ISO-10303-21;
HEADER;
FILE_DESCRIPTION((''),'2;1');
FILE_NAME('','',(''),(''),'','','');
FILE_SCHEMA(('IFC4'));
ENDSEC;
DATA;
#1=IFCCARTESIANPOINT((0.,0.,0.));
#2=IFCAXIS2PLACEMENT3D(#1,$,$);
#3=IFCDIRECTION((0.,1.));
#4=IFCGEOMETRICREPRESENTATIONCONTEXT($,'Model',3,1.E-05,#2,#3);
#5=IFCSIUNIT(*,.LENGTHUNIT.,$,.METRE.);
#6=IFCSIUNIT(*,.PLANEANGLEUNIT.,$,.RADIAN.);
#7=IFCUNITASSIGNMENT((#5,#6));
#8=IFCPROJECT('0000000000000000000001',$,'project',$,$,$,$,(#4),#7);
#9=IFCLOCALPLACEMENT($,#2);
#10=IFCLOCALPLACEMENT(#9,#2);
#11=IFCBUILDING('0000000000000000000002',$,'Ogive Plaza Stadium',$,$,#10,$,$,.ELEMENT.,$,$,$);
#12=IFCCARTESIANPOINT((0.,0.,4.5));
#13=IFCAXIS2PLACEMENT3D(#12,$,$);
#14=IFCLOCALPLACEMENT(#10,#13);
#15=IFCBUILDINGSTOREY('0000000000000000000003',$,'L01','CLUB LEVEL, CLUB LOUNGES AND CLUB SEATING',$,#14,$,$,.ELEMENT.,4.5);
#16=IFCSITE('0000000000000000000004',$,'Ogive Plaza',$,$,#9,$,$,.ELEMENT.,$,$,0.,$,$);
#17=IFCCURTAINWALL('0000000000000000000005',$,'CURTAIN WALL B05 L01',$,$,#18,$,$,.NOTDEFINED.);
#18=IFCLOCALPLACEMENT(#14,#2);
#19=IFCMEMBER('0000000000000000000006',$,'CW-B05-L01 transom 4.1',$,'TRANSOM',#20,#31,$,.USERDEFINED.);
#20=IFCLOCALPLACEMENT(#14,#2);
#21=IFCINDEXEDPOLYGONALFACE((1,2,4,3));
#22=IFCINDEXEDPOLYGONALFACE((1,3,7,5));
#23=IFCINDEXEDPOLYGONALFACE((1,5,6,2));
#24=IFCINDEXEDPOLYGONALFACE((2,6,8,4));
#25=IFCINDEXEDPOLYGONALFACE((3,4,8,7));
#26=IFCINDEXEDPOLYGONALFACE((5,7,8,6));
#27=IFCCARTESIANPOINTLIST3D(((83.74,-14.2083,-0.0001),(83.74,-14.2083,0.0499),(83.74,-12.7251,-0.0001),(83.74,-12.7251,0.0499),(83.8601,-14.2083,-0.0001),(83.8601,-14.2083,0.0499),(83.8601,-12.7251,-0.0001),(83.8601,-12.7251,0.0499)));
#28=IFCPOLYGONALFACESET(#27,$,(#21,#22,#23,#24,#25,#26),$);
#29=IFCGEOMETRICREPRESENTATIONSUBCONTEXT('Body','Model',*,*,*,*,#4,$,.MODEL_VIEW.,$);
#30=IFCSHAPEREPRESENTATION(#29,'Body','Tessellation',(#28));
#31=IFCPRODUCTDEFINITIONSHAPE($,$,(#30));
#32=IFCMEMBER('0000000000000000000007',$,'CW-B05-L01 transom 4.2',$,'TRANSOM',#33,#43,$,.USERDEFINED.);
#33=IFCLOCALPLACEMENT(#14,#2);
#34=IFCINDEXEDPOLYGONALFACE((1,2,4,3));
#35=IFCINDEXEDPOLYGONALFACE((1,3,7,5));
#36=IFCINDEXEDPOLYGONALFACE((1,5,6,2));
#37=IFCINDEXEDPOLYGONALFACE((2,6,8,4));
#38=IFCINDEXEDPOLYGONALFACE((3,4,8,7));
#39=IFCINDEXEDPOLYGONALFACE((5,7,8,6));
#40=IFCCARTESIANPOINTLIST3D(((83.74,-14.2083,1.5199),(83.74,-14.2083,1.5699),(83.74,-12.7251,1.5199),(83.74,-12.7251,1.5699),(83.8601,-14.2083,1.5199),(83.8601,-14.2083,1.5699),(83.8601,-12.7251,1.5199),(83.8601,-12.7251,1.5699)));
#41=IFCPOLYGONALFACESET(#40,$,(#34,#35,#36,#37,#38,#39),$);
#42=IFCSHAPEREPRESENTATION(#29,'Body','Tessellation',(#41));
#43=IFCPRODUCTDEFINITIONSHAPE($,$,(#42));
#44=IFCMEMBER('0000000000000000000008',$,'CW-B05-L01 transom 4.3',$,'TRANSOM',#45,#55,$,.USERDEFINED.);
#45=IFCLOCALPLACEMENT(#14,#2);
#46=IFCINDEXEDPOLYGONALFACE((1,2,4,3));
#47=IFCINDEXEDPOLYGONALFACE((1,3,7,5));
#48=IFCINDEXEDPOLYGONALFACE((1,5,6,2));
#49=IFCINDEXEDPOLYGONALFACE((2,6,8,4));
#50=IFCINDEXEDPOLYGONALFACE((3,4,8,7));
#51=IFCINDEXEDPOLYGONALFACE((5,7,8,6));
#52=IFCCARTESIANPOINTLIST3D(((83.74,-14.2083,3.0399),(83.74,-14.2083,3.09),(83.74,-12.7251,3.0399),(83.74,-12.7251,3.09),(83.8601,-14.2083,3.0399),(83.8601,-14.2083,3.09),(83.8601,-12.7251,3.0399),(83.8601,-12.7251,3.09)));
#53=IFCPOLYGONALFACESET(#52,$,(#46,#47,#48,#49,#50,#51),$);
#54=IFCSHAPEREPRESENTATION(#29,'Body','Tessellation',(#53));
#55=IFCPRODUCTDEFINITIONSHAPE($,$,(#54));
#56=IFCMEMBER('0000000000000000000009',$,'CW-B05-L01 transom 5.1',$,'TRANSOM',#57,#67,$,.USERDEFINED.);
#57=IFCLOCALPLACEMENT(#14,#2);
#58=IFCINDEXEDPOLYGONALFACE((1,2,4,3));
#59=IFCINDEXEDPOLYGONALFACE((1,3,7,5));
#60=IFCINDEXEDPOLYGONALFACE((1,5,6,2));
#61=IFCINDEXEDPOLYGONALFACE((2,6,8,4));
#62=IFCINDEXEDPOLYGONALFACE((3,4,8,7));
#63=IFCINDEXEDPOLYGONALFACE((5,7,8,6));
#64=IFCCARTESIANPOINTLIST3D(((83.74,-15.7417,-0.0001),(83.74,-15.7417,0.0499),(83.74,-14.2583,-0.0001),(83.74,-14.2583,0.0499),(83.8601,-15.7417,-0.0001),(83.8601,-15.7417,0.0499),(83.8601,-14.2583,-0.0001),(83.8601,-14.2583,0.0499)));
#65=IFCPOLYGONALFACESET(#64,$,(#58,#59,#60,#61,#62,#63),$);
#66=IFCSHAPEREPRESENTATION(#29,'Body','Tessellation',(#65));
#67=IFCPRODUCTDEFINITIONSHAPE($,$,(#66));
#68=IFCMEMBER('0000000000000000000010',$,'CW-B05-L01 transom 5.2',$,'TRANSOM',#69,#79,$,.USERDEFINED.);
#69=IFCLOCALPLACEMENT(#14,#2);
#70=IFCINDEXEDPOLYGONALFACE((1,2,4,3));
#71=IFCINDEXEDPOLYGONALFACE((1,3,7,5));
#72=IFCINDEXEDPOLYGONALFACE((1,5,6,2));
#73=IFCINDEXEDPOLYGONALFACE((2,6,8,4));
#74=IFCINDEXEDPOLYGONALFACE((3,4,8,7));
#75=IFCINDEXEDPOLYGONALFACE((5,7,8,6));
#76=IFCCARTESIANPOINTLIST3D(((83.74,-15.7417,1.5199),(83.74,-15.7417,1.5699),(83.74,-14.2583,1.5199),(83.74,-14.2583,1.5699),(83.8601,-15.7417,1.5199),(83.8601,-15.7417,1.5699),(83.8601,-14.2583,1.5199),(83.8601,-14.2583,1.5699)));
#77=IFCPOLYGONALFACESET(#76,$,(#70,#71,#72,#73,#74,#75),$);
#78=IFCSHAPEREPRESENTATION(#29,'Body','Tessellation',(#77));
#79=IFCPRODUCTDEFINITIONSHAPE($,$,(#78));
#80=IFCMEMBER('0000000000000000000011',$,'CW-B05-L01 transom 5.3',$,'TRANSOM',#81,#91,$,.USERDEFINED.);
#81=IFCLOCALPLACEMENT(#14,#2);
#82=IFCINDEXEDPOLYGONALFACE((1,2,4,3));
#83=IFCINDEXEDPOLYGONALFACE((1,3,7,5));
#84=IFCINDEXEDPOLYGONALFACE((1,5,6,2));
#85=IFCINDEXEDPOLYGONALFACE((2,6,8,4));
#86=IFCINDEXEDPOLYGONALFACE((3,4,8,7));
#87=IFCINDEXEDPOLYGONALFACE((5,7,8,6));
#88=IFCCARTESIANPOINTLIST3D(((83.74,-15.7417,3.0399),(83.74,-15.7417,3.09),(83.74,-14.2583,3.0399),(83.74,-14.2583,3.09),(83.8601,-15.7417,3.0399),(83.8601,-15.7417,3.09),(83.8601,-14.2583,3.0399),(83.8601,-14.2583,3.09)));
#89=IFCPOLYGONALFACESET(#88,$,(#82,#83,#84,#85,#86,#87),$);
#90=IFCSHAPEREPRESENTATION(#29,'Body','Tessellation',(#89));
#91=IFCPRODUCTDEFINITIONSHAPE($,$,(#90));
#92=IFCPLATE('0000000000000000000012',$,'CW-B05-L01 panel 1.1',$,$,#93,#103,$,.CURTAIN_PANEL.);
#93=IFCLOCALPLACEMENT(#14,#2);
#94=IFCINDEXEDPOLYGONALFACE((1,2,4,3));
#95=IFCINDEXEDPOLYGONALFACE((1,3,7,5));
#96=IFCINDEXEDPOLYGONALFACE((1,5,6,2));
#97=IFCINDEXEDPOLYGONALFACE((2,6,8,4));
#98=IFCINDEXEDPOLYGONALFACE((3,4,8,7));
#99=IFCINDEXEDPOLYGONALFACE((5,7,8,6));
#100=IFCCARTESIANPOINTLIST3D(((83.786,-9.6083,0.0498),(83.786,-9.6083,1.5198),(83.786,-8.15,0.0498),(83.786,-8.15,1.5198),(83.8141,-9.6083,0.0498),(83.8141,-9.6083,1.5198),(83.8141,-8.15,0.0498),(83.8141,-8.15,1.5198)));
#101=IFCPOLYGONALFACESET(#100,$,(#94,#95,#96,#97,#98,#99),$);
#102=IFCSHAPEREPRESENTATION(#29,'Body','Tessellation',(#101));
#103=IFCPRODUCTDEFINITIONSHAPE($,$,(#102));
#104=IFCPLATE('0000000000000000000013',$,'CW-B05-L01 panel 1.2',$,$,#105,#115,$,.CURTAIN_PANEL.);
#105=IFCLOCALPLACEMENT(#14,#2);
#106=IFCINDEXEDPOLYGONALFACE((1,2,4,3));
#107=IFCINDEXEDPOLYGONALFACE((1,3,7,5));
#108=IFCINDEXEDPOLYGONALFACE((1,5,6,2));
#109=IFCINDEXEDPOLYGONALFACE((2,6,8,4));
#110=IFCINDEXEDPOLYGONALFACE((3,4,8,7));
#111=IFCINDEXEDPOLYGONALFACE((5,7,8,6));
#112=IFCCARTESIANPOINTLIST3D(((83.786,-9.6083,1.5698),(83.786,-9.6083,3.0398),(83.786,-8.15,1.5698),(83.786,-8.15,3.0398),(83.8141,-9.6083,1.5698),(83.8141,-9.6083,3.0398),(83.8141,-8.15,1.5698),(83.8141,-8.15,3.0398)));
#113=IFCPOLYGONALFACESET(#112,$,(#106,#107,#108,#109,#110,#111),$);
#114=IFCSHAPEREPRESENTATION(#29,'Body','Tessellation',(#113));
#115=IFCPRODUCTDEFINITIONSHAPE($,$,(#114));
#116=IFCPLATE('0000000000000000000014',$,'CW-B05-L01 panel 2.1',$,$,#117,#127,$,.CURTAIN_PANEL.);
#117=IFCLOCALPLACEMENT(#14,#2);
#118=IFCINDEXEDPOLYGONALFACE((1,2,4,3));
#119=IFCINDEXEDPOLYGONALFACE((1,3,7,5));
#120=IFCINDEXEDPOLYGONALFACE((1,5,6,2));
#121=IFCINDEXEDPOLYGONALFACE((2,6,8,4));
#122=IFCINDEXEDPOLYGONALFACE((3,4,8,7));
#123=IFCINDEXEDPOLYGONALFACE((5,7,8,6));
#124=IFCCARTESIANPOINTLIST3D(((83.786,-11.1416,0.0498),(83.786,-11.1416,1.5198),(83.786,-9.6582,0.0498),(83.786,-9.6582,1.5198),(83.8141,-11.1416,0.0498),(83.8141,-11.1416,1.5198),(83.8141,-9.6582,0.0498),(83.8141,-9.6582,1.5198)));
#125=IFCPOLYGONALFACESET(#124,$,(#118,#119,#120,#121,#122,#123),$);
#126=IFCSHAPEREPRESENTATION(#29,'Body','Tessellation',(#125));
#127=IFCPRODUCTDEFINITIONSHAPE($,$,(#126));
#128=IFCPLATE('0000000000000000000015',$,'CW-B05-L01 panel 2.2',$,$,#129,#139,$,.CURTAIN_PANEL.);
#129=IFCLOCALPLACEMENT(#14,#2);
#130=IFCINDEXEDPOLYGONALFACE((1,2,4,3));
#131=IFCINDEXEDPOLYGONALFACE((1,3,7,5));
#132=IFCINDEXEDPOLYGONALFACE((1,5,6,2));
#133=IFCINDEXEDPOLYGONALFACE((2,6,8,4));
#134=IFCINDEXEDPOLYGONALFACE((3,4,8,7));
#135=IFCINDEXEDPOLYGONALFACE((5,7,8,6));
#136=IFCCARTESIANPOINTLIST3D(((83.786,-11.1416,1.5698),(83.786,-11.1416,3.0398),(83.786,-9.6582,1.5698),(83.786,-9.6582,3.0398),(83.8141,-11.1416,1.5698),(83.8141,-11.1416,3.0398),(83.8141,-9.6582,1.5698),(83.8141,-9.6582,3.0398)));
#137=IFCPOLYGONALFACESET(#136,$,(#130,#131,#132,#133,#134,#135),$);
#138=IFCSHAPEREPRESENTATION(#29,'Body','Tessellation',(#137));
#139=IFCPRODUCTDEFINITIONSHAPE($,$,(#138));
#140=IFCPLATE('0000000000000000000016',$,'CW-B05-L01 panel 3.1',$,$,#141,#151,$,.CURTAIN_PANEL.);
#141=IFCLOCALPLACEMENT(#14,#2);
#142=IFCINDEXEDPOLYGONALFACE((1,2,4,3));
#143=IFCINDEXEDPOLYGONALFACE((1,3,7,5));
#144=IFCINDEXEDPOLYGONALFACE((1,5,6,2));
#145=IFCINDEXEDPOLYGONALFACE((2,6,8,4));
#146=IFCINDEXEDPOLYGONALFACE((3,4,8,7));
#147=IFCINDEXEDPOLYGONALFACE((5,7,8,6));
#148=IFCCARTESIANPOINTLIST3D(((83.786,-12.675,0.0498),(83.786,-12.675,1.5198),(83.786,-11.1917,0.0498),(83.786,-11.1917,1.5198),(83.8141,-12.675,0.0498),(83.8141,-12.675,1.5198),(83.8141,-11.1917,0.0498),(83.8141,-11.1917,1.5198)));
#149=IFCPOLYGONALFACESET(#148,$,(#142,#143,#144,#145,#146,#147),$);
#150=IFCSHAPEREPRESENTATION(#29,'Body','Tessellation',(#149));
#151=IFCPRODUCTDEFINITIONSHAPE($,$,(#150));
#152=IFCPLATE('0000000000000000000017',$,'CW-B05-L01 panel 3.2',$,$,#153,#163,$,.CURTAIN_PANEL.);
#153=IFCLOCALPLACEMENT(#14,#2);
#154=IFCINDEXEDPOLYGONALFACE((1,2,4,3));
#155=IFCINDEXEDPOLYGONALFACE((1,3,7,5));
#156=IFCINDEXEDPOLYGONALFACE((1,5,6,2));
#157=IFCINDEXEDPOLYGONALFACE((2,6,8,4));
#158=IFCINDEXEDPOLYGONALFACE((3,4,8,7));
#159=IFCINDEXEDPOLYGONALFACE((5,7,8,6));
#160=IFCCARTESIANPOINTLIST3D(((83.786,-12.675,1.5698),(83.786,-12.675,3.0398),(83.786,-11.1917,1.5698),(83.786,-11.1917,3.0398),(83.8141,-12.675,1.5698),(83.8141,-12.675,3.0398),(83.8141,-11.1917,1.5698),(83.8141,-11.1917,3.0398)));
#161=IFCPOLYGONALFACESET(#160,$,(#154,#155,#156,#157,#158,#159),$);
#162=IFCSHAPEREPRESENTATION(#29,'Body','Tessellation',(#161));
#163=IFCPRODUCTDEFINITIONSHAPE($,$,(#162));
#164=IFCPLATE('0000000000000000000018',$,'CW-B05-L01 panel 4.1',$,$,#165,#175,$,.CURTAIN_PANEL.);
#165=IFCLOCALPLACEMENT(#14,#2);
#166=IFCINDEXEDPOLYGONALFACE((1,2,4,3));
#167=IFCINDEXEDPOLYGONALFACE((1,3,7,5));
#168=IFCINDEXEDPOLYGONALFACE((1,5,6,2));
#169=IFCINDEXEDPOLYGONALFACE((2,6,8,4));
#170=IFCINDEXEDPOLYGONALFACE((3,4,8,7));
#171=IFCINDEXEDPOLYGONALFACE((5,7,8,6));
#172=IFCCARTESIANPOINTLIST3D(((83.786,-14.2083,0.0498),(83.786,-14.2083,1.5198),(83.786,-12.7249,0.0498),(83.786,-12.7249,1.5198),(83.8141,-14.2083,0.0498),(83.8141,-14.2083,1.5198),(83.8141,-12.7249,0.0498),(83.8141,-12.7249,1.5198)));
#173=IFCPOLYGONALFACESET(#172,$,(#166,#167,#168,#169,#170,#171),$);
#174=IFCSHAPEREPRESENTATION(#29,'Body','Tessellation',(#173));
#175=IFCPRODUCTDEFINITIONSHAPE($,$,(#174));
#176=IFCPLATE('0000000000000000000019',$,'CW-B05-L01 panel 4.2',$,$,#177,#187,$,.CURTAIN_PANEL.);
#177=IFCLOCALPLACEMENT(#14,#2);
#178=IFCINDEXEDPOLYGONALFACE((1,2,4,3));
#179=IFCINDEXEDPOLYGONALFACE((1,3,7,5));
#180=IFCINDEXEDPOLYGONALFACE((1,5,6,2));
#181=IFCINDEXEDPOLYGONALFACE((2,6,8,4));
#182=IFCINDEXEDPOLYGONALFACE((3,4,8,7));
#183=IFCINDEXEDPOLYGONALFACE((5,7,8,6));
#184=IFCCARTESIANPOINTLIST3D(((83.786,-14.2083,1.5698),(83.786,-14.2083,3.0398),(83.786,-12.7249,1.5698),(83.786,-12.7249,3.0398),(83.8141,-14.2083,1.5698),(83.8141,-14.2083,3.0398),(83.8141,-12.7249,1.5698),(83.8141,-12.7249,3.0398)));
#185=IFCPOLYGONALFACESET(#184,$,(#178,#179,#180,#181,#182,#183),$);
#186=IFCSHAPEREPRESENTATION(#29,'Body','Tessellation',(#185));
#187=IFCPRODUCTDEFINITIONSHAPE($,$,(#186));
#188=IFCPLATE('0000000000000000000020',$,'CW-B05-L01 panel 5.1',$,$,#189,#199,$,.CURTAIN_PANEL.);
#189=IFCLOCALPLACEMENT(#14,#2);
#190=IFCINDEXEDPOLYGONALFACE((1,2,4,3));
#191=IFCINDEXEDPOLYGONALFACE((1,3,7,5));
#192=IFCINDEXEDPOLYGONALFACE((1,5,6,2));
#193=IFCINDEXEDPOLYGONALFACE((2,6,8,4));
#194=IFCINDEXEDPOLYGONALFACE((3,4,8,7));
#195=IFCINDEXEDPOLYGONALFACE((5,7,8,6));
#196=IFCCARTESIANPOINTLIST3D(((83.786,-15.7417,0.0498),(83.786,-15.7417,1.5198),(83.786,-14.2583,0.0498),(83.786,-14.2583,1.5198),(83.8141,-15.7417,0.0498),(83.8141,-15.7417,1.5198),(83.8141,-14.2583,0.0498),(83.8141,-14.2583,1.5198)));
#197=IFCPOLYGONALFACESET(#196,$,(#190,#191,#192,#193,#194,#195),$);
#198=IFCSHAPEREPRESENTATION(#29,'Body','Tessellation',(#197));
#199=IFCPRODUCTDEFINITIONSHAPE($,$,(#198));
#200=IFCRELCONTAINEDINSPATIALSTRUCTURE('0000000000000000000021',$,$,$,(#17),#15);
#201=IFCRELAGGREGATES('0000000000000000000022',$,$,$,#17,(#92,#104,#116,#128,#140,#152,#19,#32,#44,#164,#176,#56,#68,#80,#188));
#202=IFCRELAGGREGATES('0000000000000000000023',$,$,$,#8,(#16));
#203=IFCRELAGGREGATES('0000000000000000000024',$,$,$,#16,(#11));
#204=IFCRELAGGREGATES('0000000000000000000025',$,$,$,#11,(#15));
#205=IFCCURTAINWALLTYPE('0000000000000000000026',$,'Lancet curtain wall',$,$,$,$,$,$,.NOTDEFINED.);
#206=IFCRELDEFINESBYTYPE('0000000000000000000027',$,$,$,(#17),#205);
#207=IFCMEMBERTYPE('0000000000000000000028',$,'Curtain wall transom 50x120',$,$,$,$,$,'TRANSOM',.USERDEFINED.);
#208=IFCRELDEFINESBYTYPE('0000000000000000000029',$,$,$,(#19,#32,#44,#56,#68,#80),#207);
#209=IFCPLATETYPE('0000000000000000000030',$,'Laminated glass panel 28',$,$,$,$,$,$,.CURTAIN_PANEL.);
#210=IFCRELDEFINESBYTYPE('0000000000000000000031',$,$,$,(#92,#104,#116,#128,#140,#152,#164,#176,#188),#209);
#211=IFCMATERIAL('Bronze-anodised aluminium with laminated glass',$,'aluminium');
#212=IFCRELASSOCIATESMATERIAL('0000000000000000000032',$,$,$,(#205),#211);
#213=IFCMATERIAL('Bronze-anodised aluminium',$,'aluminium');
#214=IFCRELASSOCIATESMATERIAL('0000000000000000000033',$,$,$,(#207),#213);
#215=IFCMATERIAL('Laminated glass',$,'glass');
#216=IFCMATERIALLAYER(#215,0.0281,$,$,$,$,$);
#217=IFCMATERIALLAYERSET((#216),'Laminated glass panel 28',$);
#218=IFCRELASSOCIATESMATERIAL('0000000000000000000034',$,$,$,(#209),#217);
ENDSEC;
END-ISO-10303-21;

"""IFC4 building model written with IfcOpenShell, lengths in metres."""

from ifc_helpers import new_model, si_unit, direction, frame, origin, origin_2d, place, context, subcontext, project, spatial, rectangle, extrude, material, layer, layer_set, material_profile, profile_set, type_object, element, aggregate, save


model = new_model("IFC4")

# Units and contexts
model_context = context("Model", 3, precision=1e-05, world=origin(), true_north=direction((0.0, 1.0)))
body_context = subcontext(model_context, "Body", "Model", "MODEL_VIEW")
ifc_project = project(units=[si_unit("LENGTHUNIT", "METRE"), si_unit("PLANEANGLEUNIT", "RADIAN")], contexts=[model_context])

# Site, building, storey
site_placement = place(None, origin())
site = spatial("IfcSite", under=ifc_project, at=site_placement, Name="Ogive Plaza", CompositionType="ELEMENT", RefElevation=0.0)
building_placement = place(site_placement, origin())
building = spatial("IfcBuilding", under=site, at=building_placement, Name="Ogive Plaza Stadium", CompositionType="ELEMENT")
storey_placement = place(building_placement, frame((0.0, 0.0, 4.5)))
storey = spatial("IfcBuildingStorey", under=building, at=storey_placement, Name="L01", Description="CLUB LEVEL, CLUB LOUNGES AND CLUB SEATING", CompositionType="ELEMENT", Elevation=4.5)

# Curtain wall, members, plates
ifc_material_1 = material(Name="Bronze-anodised aluminium with laminated glass", Category="aluminium")
curtain_wall_type = type_object("IfcCurtainWallType", Name="Lancet curtain wall", PredefinedType="NOTDEFINED", material=ifc_material_1)
curtain_wall_placement = place(storey_placement, origin())
curtain_wall = element("IfcCurtainWall", 1, at=curtain_wall_placement, inside=storey, type_object=curtain_wall_type, Name="CURTAIN WALL B05 L01", PredefinedType="NOTDEFINED")
ifc_material_2 = material(Name="Bronze-anodised aluminium", Category="aluminium")
ifc_material_profile_1 = material_profile(ifc_material_2, rectangle(XDim=0.1201, YDim=0.05, at=origin_2d()), Name="AL 120x50")
ifc_profile_set_1 = profile_set([ifc_material_profile_1], Name="Bronze-anodised aluminium")
member_type_1 = type_object("IfcMemberType", Name="Curtain wall transom 50x120", ElementType="TRANSOM", PredefinedType="USERDEFINED", material=ifc_profile_set_1)
member_1_placement = place(storey_placement, frame((83.8, -12.7251, 0.0249), z_axis=(0.0, -1.0, 0.0), x_axis=(1.0, 0.0, 0.0)))
member_1 = element("IfcMember", 2, at=member_1_placement, type_object=member_type_1, Name="CW-B05-L01 transom 4.1", ObjectType="TRANSOM", PredefinedType="USERDEFINED", context=body_context, shape_type="SweptSolid", body=[
    extrude(rectangle(XDim=0.1201, YDim=0.05, at=origin_2d()), origin(), (0.0, 0.0, 1.0), 1.4832),
])
member_2_placement = place(storey_placement, frame((83.8, -12.7251, 1.5449), z_axis=(0.0, -1.0, 0.0), x_axis=(1.0, 0.0, 0.0)))
member_2 = element("IfcMember", 3, at=member_2_placement, type_object=member_type_1, Name="CW-B05-L01 transom 4.2", ObjectType="TRANSOM", PredefinedType="USERDEFINED", context=body_context, shape_type="SweptSolid", body=[
    extrude(rectangle(XDim=0.1201, YDim=0.05, at=origin_2d()), origin(), (0.0, 0.0, 1.0), 1.4832),
])
member_3_placement = place(storey_placement, frame((83.8, -12.7251, 3.0649), z_axis=(0.0, -1.0, 0.0), x_axis=(1.0, 0.0, 0.0)))
member_3 = element("IfcMember", 4, at=member_3_placement, type_object=member_type_1, Name="CW-B05-L01 transom 4.3", ObjectType="TRANSOM", PredefinedType="USERDEFINED", context=body_context, shape_type="SweptSolid", body=[
    extrude(rectangle(XDim=0.1201, YDim=0.05, at=origin_2d()), origin(), (0.0, 0.0, 1.0), 1.4832),
])
member_4_placement = place(storey_placement, frame((83.8, -14.2583, 0.0249), z_axis=(0.0, -1.0, 0.0), x_axis=(1.0, 0.0, 0.0)))
member_4 = element("IfcMember", 5, at=member_4_placement, type_object=member_type_1, Name="CW-B05-L01 transom 5.1", ObjectType="TRANSOM", PredefinedType="USERDEFINED", context=body_context, shape_type="SweptSolid", body=[
    extrude(rectangle(XDim=0.1201, YDim=0.05, at=origin_2d()), origin(), (0.0, 0.0, 1.0), 1.4834),
])
member_5_placement = place(storey_placement, frame((83.8, -14.2583, 1.5449), z_axis=(0.0, -1.0, 0.0), x_axis=(1.0, 0.0, 0.0)))
member_5 = element("IfcMember", 6, at=member_5_placement, type_object=member_type_1, Name="CW-B05-L01 transom 5.2", ObjectType="TRANSOM", PredefinedType="USERDEFINED", context=body_context, shape_type="SweptSolid", body=[
    extrude(rectangle(XDim=0.1201, YDim=0.05, at=origin_2d()), origin(), (0.0, 0.0, 1.0), 1.4834),
])
member_6_placement = place(storey_placement, frame((83.8, -14.2583, 3.0649), z_axis=(0.0, -1.0, 0.0), x_axis=(1.0, 0.0, 0.0)))
member_6 = element("IfcMember", 7, at=member_6_placement, type_object=member_type_1, Name="CW-B05-L01 transom 5.3", ObjectType="TRANSOM", PredefinedType="USERDEFINED", context=body_context, shape_type="SweptSolid", body=[
    extrude(rectangle(XDim=0.1201, YDim=0.05, at=origin_2d()), origin(), (0.0, 0.0, 1.0), 1.4834),
])
ifc_material_3 = material(Name="Laminated glass", Category="glass")
ifc_layer = layer(ifc_material_3, 0.0281)
ifc_layer_set = layer_set([ifc_layer], Name="Laminated glass panel 28")
plate_type = type_object("IfcPlateType", Name="Laminated glass panel 28", PredefinedType="CURTAIN_PANEL", material=ifc_layer_set)
plate_1_placement = place(storey_placement, frame((83.8, -8.8792, 0.0498), z_axis=(0.0, 0.0, 1.0), x_axis=(0.0, -1.0, 0.0)))
plate_1 = element("IfcPlate", 8, at=plate_1_placement, type_object=plate_type, Name="CW-B05-L01 panel 1.1", PredefinedType="CURTAIN_PANEL", context=body_context, shape_type="SweptSolid", body=[
    extrude(rectangle(XDim=1.4583, YDim=0.0281, at=origin_2d()), origin(), (0.0, 0.0, 1.0), 1.47),
])
plate_2_placement = place(storey_placement, frame((83.8, -8.8792, 1.5698), z_axis=(0.0, 0.0, 1.0), x_axis=(0.0, -1.0, 0.0)))
plate_2 = element("IfcPlate", 9, at=plate_2_placement, type_object=plate_type, Name="CW-B05-L01 panel 1.2", PredefinedType="CURTAIN_PANEL", context=body_context, shape_type="SweptSolid", body=[
    extrude(rectangle(XDim=1.4583, YDim=0.0281, at=origin_2d()), origin(), (0.0, 0.0, 1.0), 1.47),
])
plate_3_placement = place(storey_placement, frame((83.8, -10.3999, 0.0498), z_axis=(0.0, 0.0, 1.0), x_axis=(0.0, -1.0, 0.0)))
plate_3 = element("IfcPlate", 10, at=plate_3_placement, type_object=plate_type, Name="CW-B05-L01 panel 2.1", PredefinedType="CURTAIN_PANEL", context=body_context, shape_type="SweptSolid", body=[
    extrude(rectangle(XDim=1.4834, YDim=0.0281, at=origin_2d()), origin(), (0.0, 0.0, 1.0), 1.47),
])
plate_4_placement = place(storey_placement, frame((83.8, -10.3999, 1.5698), z_axis=(0.0, 0.0, 1.0), x_axis=(0.0, -1.0, 0.0)))
plate_4 = element("IfcPlate", 11, at=plate_4_placement, type_object=plate_type, Name="CW-B05-L01 panel 2.2", PredefinedType="CURTAIN_PANEL", context=body_context, shape_type="SweptSolid", body=[
    extrude(rectangle(XDim=1.4834, YDim=0.0281, at=origin_2d()), origin(), (0.0, 0.0, 1.0), 1.47),
])
plate_5_placement = place(storey_placement, frame((83.8, -11.9333, 0.0498), z_axis=(0.0, 0.0, 1.0), x_axis=(0.0, -1.0, 0.0)))
plate_5 = element("IfcPlate", 12, at=plate_5_placement, type_object=plate_type, Name="CW-B05-L01 panel 3.1", PredefinedType="CURTAIN_PANEL", context=body_context, shape_type="SweptSolid", body=[
    extrude(rectangle(XDim=1.4834, YDim=0.0281, at=origin_2d()), origin(), (0.0, 0.0, 1.0), 1.47),
])
plate_6_placement = place(storey_placement, frame((83.8, -11.9333, 1.5698), z_axis=(0.0, 0.0, 1.0), x_axis=(0.0, -1.0, 0.0)))
plate_6 = element("IfcPlate", 13, at=plate_6_placement, type_object=plate_type, Name="CW-B05-L01 panel 3.2", PredefinedType="CURTAIN_PANEL", context=body_context, shape_type="SweptSolid", body=[
    extrude(rectangle(XDim=1.4834, YDim=0.0281, at=origin_2d()), origin(), (0.0, 0.0, 1.0), 1.47),
])
plate_7_placement = place(storey_placement, frame((83.8, -13.4666, 0.0498), z_axis=(0.0, 0.0, 1.0), x_axis=(0.0, -1.0, 0.0)))
plate_7 = element("IfcPlate", 14, at=plate_7_placement, type_object=plate_type, Name="CW-B05-L01 panel 4.1", PredefinedType="CURTAIN_PANEL", context=body_context, shape_type="SweptSolid", body=[
    extrude(rectangle(XDim=1.4834, YDim=0.0281, at=origin_2d()), origin(), (0.0, 0.0, 1.0), 1.47),
])
plate_8_placement = place(storey_placement, frame((83.8, -13.4666, 1.5698), z_axis=(0.0, 0.0, 1.0), x_axis=(0.0, -1.0, 0.0)))
plate_8 = element("IfcPlate", 15, at=plate_8_placement, type_object=plate_type, Name="CW-B05-L01 panel 4.2", PredefinedType="CURTAIN_PANEL", context=body_context, shape_type="SweptSolid", body=[
    extrude(rectangle(XDim=1.4834, YDim=0.0281, at=origin_2d()), origin(), (0.0, 0.0, 1.0), 1.47),
])
plate_9_placement = place(storey_placement, frame((83.8, -15.0, 0.0498), z_axis=(0.0, 0.0, 1.0), x_axis=(0.0, -1.0, 0.0)))
plate_9 = element("IfcPlate", 16, at=plate_9_placement, type_object=plate_type, Name="CW-B05-L01 panel 5.1", PredefinedType="CURTAIN_PANEL", context=body_context, shape_type="SweptSolid", body=[
    extrude(rectangle(XDim=1.4834, YDim=0.0281, at=origin_2d()), origin(), (0.0, 0.0, 1.0), 1.47),
])
aggregate(curtain_wall, [plate_1, plate_2, plate_3, plate_4, plate_5, plate_6, member_1, member_2, member_3, plate_7, plate_8, member_4, member_5, member_6, plate_9])

save(model, "model.ifc")
